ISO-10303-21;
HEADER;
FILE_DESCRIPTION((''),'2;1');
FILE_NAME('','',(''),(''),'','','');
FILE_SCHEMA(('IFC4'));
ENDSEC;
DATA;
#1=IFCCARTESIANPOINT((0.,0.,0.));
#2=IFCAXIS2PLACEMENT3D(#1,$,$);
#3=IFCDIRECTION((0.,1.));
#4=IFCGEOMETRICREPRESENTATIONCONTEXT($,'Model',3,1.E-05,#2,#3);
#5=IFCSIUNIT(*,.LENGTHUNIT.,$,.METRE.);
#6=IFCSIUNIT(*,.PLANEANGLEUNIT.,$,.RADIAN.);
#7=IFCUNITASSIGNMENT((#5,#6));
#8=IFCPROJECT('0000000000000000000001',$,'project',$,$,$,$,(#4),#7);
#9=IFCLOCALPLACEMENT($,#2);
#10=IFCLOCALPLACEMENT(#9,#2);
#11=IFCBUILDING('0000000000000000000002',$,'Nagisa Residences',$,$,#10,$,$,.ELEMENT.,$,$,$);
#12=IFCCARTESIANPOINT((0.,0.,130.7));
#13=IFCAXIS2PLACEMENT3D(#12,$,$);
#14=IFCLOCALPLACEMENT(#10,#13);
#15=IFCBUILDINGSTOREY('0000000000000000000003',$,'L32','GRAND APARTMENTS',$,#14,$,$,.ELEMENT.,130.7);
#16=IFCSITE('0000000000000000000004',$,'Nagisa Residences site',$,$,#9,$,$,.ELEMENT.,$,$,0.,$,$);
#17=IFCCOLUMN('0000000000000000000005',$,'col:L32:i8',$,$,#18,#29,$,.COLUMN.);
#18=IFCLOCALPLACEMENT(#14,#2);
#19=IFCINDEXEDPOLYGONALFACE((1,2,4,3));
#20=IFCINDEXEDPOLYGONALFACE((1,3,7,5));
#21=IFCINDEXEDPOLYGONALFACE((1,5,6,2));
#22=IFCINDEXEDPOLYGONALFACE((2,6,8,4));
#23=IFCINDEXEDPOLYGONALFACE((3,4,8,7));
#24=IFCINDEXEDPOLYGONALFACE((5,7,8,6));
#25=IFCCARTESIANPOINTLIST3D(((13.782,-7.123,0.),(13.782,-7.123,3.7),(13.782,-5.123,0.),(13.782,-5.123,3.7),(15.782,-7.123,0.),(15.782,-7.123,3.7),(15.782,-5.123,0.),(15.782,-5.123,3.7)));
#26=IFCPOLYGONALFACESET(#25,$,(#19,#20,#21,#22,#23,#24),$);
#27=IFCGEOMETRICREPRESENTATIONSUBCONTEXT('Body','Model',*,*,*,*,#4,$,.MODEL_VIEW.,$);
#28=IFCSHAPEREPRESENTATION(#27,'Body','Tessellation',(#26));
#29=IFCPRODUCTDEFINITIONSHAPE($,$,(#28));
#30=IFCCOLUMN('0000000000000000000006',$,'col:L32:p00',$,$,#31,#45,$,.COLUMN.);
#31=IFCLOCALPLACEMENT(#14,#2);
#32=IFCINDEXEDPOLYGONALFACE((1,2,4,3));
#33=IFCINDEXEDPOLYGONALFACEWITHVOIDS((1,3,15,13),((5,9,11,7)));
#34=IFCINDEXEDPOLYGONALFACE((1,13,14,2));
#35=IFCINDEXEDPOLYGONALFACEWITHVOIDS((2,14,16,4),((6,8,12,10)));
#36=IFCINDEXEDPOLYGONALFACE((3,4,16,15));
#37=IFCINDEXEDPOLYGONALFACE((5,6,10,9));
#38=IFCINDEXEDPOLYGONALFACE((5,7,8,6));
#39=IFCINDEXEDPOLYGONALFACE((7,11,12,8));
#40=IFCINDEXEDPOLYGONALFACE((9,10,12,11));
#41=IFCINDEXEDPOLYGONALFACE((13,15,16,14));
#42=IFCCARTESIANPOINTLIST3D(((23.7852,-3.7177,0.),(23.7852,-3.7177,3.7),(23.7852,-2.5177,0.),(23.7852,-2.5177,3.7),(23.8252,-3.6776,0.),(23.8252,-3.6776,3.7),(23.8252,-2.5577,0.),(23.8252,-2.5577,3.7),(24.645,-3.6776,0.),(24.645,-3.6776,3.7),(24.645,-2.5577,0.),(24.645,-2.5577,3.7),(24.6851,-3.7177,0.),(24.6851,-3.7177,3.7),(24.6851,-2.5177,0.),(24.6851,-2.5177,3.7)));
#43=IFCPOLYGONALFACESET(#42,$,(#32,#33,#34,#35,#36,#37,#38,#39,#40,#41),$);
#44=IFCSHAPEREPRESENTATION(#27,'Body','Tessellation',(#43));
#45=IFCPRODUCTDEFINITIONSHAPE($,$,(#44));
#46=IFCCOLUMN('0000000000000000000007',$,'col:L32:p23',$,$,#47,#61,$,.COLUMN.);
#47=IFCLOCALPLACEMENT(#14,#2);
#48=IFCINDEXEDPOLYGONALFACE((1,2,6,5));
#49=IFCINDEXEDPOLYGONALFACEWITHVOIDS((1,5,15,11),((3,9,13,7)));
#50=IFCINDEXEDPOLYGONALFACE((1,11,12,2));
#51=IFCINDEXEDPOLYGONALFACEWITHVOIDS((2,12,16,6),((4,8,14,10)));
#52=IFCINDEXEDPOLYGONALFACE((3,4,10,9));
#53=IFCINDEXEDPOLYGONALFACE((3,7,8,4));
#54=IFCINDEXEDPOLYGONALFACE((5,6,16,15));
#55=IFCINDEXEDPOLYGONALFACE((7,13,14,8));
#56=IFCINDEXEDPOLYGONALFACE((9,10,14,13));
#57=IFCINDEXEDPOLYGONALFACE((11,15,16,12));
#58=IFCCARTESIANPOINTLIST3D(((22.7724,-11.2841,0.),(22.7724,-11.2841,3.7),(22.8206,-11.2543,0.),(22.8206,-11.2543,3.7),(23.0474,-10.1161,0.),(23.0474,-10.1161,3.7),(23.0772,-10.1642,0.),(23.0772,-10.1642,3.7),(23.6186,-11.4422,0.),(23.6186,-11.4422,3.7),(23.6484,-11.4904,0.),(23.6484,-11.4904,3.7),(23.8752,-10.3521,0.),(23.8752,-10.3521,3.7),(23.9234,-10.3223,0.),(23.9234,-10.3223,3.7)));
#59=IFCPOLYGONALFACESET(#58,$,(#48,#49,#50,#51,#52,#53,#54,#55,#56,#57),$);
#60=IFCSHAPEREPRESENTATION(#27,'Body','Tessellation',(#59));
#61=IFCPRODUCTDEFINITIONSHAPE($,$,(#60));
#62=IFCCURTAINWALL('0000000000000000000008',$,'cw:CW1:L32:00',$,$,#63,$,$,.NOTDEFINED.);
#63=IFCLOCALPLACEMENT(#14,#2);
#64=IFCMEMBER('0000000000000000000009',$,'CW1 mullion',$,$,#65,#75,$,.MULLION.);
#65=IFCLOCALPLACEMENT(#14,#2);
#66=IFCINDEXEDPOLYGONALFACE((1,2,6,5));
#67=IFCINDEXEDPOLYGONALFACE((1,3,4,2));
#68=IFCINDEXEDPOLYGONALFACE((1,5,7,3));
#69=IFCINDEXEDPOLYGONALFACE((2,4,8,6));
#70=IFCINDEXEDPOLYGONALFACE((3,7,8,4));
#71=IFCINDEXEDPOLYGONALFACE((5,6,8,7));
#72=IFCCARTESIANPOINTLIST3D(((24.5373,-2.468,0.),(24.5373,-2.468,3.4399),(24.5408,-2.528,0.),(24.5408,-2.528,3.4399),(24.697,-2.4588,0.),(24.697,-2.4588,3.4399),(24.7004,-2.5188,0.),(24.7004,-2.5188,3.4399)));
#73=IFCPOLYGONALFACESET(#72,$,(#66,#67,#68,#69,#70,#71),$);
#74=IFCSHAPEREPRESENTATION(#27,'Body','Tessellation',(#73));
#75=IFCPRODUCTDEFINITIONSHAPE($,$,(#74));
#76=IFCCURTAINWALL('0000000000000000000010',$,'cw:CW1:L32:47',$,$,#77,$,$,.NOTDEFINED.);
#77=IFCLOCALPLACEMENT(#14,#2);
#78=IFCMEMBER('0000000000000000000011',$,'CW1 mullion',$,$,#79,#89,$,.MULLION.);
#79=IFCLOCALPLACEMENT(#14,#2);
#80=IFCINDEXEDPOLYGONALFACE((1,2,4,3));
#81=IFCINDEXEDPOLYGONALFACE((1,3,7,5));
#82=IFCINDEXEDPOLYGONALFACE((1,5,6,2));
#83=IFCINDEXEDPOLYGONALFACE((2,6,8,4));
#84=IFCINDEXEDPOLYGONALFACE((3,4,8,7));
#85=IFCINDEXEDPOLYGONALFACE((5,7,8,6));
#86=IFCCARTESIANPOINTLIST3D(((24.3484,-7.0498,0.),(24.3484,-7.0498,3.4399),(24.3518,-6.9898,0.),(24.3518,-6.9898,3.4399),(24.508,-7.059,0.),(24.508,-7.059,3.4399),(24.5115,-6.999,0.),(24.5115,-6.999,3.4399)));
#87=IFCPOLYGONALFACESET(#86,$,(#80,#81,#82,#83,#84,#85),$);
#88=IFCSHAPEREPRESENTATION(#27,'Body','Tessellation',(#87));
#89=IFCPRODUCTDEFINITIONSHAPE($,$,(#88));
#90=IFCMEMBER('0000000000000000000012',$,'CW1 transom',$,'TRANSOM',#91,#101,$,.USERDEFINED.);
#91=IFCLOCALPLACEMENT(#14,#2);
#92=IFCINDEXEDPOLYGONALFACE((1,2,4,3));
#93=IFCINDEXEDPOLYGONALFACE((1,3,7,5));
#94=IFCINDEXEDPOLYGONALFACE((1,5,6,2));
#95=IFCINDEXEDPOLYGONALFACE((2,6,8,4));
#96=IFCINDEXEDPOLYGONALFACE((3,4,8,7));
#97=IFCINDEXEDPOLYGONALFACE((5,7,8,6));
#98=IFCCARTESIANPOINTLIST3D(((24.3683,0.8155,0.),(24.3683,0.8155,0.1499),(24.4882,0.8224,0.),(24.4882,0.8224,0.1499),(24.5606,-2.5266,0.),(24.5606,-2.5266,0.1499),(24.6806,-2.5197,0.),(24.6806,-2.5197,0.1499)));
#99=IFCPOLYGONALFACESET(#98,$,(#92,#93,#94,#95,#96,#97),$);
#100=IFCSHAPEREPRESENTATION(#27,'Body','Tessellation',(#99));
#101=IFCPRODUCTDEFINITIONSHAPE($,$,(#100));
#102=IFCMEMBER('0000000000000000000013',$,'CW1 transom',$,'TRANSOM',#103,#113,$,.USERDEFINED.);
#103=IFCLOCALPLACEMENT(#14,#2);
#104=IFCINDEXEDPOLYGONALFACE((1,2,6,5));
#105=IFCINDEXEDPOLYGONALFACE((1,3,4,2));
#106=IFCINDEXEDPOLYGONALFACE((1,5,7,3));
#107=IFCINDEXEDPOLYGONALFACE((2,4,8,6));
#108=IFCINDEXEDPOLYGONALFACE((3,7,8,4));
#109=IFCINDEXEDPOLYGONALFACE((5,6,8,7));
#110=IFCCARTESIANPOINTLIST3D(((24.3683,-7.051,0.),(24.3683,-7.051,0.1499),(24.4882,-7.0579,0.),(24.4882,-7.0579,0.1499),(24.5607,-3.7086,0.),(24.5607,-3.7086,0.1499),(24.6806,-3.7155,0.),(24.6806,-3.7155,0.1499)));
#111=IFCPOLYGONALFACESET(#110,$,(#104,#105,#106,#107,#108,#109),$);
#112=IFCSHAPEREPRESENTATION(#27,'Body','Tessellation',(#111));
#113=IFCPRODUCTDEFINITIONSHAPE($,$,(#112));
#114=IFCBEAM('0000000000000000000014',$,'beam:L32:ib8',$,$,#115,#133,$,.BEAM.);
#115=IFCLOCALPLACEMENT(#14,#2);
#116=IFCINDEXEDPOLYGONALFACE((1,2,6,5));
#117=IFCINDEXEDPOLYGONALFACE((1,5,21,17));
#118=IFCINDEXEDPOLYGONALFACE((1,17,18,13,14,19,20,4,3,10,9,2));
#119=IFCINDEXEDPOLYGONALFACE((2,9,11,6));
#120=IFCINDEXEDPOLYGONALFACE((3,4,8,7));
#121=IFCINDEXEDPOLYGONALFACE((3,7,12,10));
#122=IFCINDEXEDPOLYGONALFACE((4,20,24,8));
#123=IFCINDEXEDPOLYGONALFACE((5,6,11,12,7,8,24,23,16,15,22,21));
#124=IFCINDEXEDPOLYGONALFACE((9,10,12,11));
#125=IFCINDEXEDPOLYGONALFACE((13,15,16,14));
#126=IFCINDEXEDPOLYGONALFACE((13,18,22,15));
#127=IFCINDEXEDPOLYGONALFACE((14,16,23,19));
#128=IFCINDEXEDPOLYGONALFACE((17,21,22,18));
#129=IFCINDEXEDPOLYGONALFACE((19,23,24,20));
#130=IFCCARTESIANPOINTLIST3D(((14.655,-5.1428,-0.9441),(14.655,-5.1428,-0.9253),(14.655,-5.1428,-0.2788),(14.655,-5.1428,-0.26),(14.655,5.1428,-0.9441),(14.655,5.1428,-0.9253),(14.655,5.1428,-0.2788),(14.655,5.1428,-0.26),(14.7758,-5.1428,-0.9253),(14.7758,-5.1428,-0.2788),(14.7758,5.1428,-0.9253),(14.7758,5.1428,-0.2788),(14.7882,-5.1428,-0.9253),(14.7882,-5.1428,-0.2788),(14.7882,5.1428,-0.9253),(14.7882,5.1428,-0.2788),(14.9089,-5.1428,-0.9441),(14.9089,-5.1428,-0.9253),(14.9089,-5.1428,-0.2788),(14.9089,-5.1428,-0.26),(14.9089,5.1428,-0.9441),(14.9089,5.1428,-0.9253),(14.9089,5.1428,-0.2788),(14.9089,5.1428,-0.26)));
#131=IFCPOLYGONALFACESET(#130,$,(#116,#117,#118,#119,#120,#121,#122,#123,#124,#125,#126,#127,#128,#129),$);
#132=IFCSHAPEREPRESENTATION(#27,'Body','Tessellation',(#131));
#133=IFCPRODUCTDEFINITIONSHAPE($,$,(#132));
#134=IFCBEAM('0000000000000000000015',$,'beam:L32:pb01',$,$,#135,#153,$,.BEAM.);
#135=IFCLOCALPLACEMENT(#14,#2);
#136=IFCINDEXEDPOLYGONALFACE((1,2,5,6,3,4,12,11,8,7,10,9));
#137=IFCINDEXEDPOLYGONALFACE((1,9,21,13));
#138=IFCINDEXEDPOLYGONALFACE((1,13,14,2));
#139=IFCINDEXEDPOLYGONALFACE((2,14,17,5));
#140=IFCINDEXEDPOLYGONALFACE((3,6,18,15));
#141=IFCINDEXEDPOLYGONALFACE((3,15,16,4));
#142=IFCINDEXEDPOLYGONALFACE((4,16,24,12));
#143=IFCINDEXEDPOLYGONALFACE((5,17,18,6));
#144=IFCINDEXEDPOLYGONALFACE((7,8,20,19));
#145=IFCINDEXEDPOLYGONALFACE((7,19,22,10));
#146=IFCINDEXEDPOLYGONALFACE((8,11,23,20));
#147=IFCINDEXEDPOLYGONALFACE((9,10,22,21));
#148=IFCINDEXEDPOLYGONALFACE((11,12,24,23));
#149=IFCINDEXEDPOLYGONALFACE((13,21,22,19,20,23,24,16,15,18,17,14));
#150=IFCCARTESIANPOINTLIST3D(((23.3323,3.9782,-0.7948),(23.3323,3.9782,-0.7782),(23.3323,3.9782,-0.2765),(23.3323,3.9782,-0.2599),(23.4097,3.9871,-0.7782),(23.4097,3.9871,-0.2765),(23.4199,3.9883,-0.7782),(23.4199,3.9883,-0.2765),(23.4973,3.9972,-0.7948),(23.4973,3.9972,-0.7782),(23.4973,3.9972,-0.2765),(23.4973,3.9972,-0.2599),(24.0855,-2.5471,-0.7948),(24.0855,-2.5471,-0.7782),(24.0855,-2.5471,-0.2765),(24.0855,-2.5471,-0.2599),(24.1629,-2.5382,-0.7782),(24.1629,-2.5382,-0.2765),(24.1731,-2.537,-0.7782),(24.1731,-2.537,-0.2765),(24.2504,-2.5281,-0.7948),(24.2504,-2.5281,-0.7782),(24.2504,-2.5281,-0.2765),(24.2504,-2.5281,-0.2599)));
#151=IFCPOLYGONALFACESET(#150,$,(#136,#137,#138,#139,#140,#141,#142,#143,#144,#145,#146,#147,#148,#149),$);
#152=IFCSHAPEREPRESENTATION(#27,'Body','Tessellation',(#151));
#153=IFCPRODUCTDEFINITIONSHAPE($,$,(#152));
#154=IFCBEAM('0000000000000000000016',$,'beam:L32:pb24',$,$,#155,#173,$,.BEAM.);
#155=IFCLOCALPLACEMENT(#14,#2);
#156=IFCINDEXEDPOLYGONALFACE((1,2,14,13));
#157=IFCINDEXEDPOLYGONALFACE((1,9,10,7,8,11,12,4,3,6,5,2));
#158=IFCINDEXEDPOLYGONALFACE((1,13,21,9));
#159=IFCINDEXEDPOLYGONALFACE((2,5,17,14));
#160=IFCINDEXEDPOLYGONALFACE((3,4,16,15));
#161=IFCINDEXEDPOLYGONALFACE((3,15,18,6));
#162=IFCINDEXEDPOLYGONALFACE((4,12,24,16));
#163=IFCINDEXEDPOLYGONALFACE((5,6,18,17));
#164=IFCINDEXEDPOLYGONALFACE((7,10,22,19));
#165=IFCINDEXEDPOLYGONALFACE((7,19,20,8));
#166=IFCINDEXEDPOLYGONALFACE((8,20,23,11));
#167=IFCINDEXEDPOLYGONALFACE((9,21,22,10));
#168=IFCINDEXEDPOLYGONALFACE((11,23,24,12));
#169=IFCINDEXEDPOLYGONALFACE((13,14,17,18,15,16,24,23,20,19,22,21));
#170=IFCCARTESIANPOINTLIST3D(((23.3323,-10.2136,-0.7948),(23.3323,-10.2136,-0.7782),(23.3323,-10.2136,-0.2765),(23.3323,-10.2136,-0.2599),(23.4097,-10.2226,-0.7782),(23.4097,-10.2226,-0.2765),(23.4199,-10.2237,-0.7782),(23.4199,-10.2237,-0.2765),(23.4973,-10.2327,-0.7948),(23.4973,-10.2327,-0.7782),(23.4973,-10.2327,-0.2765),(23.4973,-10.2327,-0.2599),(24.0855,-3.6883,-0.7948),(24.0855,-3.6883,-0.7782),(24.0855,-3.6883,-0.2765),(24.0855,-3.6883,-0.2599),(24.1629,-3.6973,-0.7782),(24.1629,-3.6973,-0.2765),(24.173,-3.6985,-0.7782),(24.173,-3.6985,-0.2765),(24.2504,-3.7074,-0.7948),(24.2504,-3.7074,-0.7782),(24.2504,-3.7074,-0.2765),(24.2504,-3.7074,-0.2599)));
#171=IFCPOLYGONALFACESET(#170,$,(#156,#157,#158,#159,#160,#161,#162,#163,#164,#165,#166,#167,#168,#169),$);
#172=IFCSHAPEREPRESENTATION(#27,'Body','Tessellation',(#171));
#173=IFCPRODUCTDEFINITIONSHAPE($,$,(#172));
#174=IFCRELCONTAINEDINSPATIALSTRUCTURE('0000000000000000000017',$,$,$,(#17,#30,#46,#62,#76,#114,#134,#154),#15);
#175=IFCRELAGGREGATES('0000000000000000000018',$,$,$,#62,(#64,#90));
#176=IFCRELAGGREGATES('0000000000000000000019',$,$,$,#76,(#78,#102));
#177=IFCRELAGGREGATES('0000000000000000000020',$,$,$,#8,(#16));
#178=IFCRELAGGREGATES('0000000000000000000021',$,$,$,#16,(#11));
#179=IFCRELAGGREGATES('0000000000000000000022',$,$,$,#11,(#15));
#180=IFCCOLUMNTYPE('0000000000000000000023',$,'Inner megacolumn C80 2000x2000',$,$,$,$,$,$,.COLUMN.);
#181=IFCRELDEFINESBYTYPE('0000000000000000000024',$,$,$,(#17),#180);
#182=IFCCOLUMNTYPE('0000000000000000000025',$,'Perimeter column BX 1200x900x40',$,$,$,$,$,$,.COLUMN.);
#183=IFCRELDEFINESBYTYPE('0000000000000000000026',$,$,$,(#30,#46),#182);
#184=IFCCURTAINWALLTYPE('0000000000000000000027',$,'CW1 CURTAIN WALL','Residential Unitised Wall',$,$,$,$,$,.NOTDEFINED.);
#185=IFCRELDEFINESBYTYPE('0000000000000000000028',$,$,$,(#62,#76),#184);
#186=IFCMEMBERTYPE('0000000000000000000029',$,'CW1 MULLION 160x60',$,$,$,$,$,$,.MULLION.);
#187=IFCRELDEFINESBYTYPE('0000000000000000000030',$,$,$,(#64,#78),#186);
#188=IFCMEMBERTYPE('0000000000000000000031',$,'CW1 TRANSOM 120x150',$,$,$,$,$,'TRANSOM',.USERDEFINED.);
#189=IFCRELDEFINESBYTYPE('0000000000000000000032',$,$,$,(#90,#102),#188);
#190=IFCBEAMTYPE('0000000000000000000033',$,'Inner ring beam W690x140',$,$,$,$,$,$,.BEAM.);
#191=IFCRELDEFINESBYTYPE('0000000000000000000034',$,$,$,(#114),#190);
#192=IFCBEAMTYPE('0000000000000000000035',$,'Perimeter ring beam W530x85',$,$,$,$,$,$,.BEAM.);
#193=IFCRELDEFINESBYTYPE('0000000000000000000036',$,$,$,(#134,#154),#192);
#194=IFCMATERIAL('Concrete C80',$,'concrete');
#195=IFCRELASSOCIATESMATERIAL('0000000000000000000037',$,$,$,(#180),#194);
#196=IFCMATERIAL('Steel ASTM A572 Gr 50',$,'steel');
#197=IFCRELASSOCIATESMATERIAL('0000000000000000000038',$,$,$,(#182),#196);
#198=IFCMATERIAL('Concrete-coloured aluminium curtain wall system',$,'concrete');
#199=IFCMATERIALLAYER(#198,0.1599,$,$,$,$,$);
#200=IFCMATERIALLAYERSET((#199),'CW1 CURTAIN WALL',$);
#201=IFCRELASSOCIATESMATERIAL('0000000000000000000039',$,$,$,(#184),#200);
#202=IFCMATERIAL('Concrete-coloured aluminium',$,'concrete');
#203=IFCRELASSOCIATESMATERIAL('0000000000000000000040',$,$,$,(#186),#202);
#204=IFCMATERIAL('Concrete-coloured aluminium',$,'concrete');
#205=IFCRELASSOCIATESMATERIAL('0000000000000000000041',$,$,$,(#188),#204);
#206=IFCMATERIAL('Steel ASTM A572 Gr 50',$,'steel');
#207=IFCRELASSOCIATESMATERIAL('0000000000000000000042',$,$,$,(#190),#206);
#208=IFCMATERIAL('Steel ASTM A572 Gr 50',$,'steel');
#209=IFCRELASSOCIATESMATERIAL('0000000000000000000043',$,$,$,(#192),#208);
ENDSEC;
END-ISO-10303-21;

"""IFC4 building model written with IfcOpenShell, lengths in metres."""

from ifc_helpers import new_model, si_unit, direction, frame, origin, origin_2d, place, context, subcontext, project, spatial, rectangle, hollow_rectangle, i_section, extrude, material, layer, layer_set, material_profile, profile_set, type_object, element, aggregate, save


model = new_model("IFC4")

# Units and contexts
model_context = context("Model", 3, precision=1e-05, world=origin(), true_north=direction((0.0, 1.0)))
body_context = subcontext(model_context, "Body", "Model", "MODEL_VIEW")
ifc_project = project(units=[si_unit("LENGTHUNIT", "METRE"), si_unit("PLANEANGLEUNIT", "RADIAN")], contexts=[model_context])

# Site, building, storey
site_placement = place(None, origin())
site = spatial("IfcSite", under=ifc_project, at=site_placement, Name="Nagisa Residences site", CompositionType="ELEMENT", RefElevation=0.0)
building_placement = place(site_placement, origin())
building = spatial("IfcBuilding", under=site, at=building_placement, Name="Nagisa Residences", CompositionType="ELEMENT")
storey_placement = place(building_placement, frame((0.0, 0.0, 130.7)))
storey = spatial("IfcBuildingStorey", under=building, at=storey_placement, Name="L32", Description="GRAND APARTMENTS", CompositionType="ELEMENT", Elevation=130.7)

# Columns
ifc_material_1 = material(Name="Concrete C80", Category="concrete")
ifc_material_profile_1 = material_profile(ifc_material_1, rectangle(XDim=2.0, YDim=2.0, at=origin_2d()), Name="C80 2000x2000")
ifc_profile_set_1 = profile_set([ifc_material_profile_1], Name="Concrete C80")
column_type_1 = type_object("IfcColumnType", Name="Inner megacolumn C80 2000x2000", PredefinedType="COLUMN", material=ifc_profile_set_1)
column_placement = place(storey_placement, frame((14.782, -6.123, 0.0), z_axis=(0.0, 0.0, 1.0), x_axis=(1.0, 0.0, 0.0)))
element("IfcColumn", 1, at=column_placement, inside=storey, type_object=column_type_1, Name="col:L32:i8", PredefinedType="COLUMN", context=body_context, shape_type="SweptSolid", body=[
    extrude(rectangle(XDim=2.0, YDim=2.0, at=origin_2d()), origin(), (0.0, 0.0, 1.0), 3.7),
])
ifc_material_2 = material(Name="Steel ASTM A572 Gr 50", Category="steel")
ifc_material_profile_2 = material_profile(ifc_material_2, hollow_rectangle(XDim=1.2, YDim=0.8999, WallThickness=0.04, at=origin_2d()), Name="BX 1200x900x40")
ifc_profile_set_2 = profile_set([ifc_material_profile_2], Name="Steel ASTM A572 Gr 50")
column_type_2 = type_object("IfcColumnType", Name="Perimeter column BX 1200x900x40", PredefinedType="COLUMN", material=ifc_profile_set_2)
for number, where, z_axis, x_axis, name in (
    (2, (24.2351, -3.1177, 0.0), (0.0, 0.0, 1.0), (0.0, 1.0, 0.0), "col:L32:p00"),
    (3, (23.3479, -10.8032, 0.0), (0.0, 0.0, 1.0), (0.229202, 0.973379, 0.0), "col:L32:p23"),
):
    element("IfcColumn", number, at=place(storey_placement, frame(where, z_axis=z_axis, x_axis=x_axis)), inside=storey, type_object=column_type_2, Name=name, PredefinedType="COLUMN", context=body_context, shape_type="SweptSolid", body=[
        extrude(hollow_rectangle(XDim=1.2, YDim=0.8999, WallThickness=0.04, at=origin_2d()), origin(), (0.0, 0.0, 1.0), 3.7),
    ])

# Curtain walls, members
ifc_material_3 = material(Name="Concrete-coloured aluminium curtain wall system", Category="concrete")
ifc_layer_1 = layer(ifc_material_3, 0.1599)
ifc_layer_set_1 = layer_set([ifc_layer_1], Name="CW1 CURTAIN WALL")
curtain_wall_type = type_object("IfcCurtainWallType", Name="CW1 CURTAIN WALL", Description="Residential Unitised Wall", PredefinedType="NOTDEFINED", material=ifc_layer_set_1)
curtain_wall_1_placement = place(storey_placement, origin())
curtain_wall_1 = element("IfcCurtainWall", 4, at=curtain_wall_1_placement, inside=storey, type_object=curtain_wall_type, Name="cw:CW1:L32:00", PredefinedType="NOTDEFINED")
ifc_material_4 = material(Name="Concrete-coloured aluminium", Category="concrete")
ifc_material_profile_3 = material_profile(ifc_material_4, rectangle(XDim=0.1599, YDim=0.0601, at=origin_2d()), Name="CW1 MULLION 160x60")
ifc_profile_set_3 = profile_set([ifc_material_profile_3], Name="Concrete-coloured aluminium")
member_type_1 = type_object("IfcMemberType", Name="CW1 MULLION 160x60", PredefinedType="MULLION", material=ifc_profile_set_3)
member_1_placement = place(storey_placement, frame((24.6189, -2.4934, 0.0), z_axis=(0.0, 0.0, 1.0), x_axis=(-0.998345, -0.057503, 0.0)))
member_1 = element("IfcMember", 5, at=member_1_placement, type_object=member_type_1, Name="CW1 mullion", PredefinedType="MULLION", context=body_context, shape_type="SweptSolid", body=[
    extrude(rectangle(XDim=0.1599, YDim=0.0601, at=origin_2d()), origin(), (0.0, 0.0, 1.0), 3.4399),
])
curtain_wall_2_placement = place(storey_placement, origin())
curtain_wall_2 = element("IfcCurtainWall", 6, at=curtain_wall_2_placement, inside=storey, type_object=curtain_wall_type, Name="cw:CW1:L32:47", PredefinedType="NOTDEFINED")
member_2_placement = place(storey_placement, frame((24.4299, -7.0244, 0.0), z_axis=(0.0, 0.0, 1.0), x_axis=(-0.998345, 0.057503, 0.0)))
member_2 = element("IfcMember", 7, at=member_2_placement, type_object=member_type_1, Name="CW1 mullion", PredefinedType="MULLION", context=body_context, shape_type="SweptSolid", body=[
    extrude(rectangle(XDim=0.1599, YDim=0.0601, at=origin_2d()), origin(), (0.0, 0.0, 1.0), 3.4399),
])

# Members
ifc_material_5 = material(Name="Concrete-coloured aluminium", Category="concrete")
ifc_material_profile_4 = material_profile(ifc_material_5, rectangle(XDim=0.1201, YDim=0.1499, at=origin_2d()), Name="CW1 TRANSOM 120x150")
ifc_profile_set_4 = profile_set([ifc_material_profile_4], Name="Concrete-coloured aluminium")
member_type_2 = type_object("IfcMemberType", Name="CW1 TRANSOM 120x150", ElementType="TRANSOM", PredefinedType="USERDEFINED", material=ifc_profile_set_4)
member_3_placement = place(storey_placement, frame((24.6206, -2.5232, 0.075), z_axis=(-0.057469, 0.998347, 0.0), x_axis=(-0.998347, -0.057469, 0.0)))
member_3 = element("IfcMember", 8, at=member_3_placement, type_object=member_type_2, Name="CW1 transom", ObjectType="TRANSOM", PredefinedType="USERDEFINED", context=body_context, shape_type="SweptSolid", body=[
    extrude(rectangle(XDim=0.1201, YDim=0.1499, at=origin_2d()), origin(), (0.0, 0.0, 1.0), 3.3477),
])
member_4_placement = place(storey_placement, frame((24.4282, -7.0544, 0.075), z_axis=(0.057465, 0.998348, 0.0), x_axis=(-0.998348, 0.057465, 0.0)))
member_4 = element("IfcMember", 9, at=member_4_placement, type_object=member_type_2, Name="CW1 transom", ObjectType="TRANSOM", PredefinedType="USERDEFINED", context=body_context, shape_type="SweptSolid", body=[
    extrude(rectangle(XDim=0.1201, YDim=0.1499, at=origin_2d()), origin(), (0.0, 0.0, 1.0), 3.3479),
])

# Beams
ifc_material_6 = material(Name="Steel ASTM A572 Gr 50", Category="steel")
ifc_material_profile_5 = material_profile(ifc_material_6, i_section(OverallWidth=0.2539, OverallDepth=0.6841, WebThickness=0.0125, FlangeThickness=0.0188, at=origin_2d()), Name="W690x140")
ifc_profile_set_5 = profile_set([ifc_material_profile_5], Name="Steel ASTM A572 Gr 50")
beam_type_1 = type_object("IfcBeamType", Name="Inner ring beam W690x140", PredefinedType="BEAM", material=ifc_profile_set_5)
beam_1_placement = place(storey_placement, frame((14.782, -5.1428, -0.6021), z_axis=(0.0, 1.0, 0.0), x_axis=(-1.0, 0.0, 0.0)))
element("IfcBeam", 10, at=beam_1_placement, inside=storey, type_object=beam_type_1, Name="beam:L32:ib8", PredefinedType="BEAM", context=body_context, shape_type="SweptSolid", body=[
    extrude(i_section(OverallWidth=0.2539, OverallDepth=0.6841, WebThickness=0.0125, FlangeThickness=0.0188, at=origin_2d()), origin(), (0.0, 0.0, 1.0), 10.2856),
])
ifc_material_7 = material(Name="Steel ASTM A572 Gr 50", Category="steel")
ifc_material_profile_6 = material_profile(ifc_material_7, i_section(OverallWidth=0.166, OverallDepth=0.5349, WebThickness=0.0103, FlangeThickness=0.0166, at=origin_2d()), Name="W530x85")
ifc_profile_set_6 = profile_set([ifc_material_profile_6], Name="Steel ASTM A572 Gr 50")
beam_type_2 = type_object("IfcBeamType", Name="Perimeter ring beam W530x85", PredefinedType="BEAM", material=ifc_profile_set_6)
for number, where, z_axis, x_axis, name in (
    (11, (24.168, -2.5376, -0.5273), (-0.114661, 0.993405, 0.0), (-0.993405, -0.114661, 0.0), "beam:L32:pb01"),
    (12, (23.4148, -10.2231, -0.5273), (0.114661, 0.993405, 0.0), (-0.993405, 0.114661, 0.0), "beam:L32:pb24"),
):
    element("IfcBeam", number, at=place(storey_placement, frame(where, z_axis=z_axis, x_axis=x_axis)), inside=storey, type_object=beam_type_2, Name=name, PredefinedType="BEAM", context=body_context, shape_type="SweptSolid", body=[
        extrude(i_section(OverallWidth=0.166, OverallDepth=0.5349, WebThickness=0.0103, FlangeThickness=0.0166, at=origin_2d()), origin(), (0.0, 0.0, 1.0), 6.5686),
    ])

aggregate(curtain_wall_1, [member_1, member_3])

aggregate(curtain_wall_2, [member_2, member_4])

save(model, "model.ifc")
